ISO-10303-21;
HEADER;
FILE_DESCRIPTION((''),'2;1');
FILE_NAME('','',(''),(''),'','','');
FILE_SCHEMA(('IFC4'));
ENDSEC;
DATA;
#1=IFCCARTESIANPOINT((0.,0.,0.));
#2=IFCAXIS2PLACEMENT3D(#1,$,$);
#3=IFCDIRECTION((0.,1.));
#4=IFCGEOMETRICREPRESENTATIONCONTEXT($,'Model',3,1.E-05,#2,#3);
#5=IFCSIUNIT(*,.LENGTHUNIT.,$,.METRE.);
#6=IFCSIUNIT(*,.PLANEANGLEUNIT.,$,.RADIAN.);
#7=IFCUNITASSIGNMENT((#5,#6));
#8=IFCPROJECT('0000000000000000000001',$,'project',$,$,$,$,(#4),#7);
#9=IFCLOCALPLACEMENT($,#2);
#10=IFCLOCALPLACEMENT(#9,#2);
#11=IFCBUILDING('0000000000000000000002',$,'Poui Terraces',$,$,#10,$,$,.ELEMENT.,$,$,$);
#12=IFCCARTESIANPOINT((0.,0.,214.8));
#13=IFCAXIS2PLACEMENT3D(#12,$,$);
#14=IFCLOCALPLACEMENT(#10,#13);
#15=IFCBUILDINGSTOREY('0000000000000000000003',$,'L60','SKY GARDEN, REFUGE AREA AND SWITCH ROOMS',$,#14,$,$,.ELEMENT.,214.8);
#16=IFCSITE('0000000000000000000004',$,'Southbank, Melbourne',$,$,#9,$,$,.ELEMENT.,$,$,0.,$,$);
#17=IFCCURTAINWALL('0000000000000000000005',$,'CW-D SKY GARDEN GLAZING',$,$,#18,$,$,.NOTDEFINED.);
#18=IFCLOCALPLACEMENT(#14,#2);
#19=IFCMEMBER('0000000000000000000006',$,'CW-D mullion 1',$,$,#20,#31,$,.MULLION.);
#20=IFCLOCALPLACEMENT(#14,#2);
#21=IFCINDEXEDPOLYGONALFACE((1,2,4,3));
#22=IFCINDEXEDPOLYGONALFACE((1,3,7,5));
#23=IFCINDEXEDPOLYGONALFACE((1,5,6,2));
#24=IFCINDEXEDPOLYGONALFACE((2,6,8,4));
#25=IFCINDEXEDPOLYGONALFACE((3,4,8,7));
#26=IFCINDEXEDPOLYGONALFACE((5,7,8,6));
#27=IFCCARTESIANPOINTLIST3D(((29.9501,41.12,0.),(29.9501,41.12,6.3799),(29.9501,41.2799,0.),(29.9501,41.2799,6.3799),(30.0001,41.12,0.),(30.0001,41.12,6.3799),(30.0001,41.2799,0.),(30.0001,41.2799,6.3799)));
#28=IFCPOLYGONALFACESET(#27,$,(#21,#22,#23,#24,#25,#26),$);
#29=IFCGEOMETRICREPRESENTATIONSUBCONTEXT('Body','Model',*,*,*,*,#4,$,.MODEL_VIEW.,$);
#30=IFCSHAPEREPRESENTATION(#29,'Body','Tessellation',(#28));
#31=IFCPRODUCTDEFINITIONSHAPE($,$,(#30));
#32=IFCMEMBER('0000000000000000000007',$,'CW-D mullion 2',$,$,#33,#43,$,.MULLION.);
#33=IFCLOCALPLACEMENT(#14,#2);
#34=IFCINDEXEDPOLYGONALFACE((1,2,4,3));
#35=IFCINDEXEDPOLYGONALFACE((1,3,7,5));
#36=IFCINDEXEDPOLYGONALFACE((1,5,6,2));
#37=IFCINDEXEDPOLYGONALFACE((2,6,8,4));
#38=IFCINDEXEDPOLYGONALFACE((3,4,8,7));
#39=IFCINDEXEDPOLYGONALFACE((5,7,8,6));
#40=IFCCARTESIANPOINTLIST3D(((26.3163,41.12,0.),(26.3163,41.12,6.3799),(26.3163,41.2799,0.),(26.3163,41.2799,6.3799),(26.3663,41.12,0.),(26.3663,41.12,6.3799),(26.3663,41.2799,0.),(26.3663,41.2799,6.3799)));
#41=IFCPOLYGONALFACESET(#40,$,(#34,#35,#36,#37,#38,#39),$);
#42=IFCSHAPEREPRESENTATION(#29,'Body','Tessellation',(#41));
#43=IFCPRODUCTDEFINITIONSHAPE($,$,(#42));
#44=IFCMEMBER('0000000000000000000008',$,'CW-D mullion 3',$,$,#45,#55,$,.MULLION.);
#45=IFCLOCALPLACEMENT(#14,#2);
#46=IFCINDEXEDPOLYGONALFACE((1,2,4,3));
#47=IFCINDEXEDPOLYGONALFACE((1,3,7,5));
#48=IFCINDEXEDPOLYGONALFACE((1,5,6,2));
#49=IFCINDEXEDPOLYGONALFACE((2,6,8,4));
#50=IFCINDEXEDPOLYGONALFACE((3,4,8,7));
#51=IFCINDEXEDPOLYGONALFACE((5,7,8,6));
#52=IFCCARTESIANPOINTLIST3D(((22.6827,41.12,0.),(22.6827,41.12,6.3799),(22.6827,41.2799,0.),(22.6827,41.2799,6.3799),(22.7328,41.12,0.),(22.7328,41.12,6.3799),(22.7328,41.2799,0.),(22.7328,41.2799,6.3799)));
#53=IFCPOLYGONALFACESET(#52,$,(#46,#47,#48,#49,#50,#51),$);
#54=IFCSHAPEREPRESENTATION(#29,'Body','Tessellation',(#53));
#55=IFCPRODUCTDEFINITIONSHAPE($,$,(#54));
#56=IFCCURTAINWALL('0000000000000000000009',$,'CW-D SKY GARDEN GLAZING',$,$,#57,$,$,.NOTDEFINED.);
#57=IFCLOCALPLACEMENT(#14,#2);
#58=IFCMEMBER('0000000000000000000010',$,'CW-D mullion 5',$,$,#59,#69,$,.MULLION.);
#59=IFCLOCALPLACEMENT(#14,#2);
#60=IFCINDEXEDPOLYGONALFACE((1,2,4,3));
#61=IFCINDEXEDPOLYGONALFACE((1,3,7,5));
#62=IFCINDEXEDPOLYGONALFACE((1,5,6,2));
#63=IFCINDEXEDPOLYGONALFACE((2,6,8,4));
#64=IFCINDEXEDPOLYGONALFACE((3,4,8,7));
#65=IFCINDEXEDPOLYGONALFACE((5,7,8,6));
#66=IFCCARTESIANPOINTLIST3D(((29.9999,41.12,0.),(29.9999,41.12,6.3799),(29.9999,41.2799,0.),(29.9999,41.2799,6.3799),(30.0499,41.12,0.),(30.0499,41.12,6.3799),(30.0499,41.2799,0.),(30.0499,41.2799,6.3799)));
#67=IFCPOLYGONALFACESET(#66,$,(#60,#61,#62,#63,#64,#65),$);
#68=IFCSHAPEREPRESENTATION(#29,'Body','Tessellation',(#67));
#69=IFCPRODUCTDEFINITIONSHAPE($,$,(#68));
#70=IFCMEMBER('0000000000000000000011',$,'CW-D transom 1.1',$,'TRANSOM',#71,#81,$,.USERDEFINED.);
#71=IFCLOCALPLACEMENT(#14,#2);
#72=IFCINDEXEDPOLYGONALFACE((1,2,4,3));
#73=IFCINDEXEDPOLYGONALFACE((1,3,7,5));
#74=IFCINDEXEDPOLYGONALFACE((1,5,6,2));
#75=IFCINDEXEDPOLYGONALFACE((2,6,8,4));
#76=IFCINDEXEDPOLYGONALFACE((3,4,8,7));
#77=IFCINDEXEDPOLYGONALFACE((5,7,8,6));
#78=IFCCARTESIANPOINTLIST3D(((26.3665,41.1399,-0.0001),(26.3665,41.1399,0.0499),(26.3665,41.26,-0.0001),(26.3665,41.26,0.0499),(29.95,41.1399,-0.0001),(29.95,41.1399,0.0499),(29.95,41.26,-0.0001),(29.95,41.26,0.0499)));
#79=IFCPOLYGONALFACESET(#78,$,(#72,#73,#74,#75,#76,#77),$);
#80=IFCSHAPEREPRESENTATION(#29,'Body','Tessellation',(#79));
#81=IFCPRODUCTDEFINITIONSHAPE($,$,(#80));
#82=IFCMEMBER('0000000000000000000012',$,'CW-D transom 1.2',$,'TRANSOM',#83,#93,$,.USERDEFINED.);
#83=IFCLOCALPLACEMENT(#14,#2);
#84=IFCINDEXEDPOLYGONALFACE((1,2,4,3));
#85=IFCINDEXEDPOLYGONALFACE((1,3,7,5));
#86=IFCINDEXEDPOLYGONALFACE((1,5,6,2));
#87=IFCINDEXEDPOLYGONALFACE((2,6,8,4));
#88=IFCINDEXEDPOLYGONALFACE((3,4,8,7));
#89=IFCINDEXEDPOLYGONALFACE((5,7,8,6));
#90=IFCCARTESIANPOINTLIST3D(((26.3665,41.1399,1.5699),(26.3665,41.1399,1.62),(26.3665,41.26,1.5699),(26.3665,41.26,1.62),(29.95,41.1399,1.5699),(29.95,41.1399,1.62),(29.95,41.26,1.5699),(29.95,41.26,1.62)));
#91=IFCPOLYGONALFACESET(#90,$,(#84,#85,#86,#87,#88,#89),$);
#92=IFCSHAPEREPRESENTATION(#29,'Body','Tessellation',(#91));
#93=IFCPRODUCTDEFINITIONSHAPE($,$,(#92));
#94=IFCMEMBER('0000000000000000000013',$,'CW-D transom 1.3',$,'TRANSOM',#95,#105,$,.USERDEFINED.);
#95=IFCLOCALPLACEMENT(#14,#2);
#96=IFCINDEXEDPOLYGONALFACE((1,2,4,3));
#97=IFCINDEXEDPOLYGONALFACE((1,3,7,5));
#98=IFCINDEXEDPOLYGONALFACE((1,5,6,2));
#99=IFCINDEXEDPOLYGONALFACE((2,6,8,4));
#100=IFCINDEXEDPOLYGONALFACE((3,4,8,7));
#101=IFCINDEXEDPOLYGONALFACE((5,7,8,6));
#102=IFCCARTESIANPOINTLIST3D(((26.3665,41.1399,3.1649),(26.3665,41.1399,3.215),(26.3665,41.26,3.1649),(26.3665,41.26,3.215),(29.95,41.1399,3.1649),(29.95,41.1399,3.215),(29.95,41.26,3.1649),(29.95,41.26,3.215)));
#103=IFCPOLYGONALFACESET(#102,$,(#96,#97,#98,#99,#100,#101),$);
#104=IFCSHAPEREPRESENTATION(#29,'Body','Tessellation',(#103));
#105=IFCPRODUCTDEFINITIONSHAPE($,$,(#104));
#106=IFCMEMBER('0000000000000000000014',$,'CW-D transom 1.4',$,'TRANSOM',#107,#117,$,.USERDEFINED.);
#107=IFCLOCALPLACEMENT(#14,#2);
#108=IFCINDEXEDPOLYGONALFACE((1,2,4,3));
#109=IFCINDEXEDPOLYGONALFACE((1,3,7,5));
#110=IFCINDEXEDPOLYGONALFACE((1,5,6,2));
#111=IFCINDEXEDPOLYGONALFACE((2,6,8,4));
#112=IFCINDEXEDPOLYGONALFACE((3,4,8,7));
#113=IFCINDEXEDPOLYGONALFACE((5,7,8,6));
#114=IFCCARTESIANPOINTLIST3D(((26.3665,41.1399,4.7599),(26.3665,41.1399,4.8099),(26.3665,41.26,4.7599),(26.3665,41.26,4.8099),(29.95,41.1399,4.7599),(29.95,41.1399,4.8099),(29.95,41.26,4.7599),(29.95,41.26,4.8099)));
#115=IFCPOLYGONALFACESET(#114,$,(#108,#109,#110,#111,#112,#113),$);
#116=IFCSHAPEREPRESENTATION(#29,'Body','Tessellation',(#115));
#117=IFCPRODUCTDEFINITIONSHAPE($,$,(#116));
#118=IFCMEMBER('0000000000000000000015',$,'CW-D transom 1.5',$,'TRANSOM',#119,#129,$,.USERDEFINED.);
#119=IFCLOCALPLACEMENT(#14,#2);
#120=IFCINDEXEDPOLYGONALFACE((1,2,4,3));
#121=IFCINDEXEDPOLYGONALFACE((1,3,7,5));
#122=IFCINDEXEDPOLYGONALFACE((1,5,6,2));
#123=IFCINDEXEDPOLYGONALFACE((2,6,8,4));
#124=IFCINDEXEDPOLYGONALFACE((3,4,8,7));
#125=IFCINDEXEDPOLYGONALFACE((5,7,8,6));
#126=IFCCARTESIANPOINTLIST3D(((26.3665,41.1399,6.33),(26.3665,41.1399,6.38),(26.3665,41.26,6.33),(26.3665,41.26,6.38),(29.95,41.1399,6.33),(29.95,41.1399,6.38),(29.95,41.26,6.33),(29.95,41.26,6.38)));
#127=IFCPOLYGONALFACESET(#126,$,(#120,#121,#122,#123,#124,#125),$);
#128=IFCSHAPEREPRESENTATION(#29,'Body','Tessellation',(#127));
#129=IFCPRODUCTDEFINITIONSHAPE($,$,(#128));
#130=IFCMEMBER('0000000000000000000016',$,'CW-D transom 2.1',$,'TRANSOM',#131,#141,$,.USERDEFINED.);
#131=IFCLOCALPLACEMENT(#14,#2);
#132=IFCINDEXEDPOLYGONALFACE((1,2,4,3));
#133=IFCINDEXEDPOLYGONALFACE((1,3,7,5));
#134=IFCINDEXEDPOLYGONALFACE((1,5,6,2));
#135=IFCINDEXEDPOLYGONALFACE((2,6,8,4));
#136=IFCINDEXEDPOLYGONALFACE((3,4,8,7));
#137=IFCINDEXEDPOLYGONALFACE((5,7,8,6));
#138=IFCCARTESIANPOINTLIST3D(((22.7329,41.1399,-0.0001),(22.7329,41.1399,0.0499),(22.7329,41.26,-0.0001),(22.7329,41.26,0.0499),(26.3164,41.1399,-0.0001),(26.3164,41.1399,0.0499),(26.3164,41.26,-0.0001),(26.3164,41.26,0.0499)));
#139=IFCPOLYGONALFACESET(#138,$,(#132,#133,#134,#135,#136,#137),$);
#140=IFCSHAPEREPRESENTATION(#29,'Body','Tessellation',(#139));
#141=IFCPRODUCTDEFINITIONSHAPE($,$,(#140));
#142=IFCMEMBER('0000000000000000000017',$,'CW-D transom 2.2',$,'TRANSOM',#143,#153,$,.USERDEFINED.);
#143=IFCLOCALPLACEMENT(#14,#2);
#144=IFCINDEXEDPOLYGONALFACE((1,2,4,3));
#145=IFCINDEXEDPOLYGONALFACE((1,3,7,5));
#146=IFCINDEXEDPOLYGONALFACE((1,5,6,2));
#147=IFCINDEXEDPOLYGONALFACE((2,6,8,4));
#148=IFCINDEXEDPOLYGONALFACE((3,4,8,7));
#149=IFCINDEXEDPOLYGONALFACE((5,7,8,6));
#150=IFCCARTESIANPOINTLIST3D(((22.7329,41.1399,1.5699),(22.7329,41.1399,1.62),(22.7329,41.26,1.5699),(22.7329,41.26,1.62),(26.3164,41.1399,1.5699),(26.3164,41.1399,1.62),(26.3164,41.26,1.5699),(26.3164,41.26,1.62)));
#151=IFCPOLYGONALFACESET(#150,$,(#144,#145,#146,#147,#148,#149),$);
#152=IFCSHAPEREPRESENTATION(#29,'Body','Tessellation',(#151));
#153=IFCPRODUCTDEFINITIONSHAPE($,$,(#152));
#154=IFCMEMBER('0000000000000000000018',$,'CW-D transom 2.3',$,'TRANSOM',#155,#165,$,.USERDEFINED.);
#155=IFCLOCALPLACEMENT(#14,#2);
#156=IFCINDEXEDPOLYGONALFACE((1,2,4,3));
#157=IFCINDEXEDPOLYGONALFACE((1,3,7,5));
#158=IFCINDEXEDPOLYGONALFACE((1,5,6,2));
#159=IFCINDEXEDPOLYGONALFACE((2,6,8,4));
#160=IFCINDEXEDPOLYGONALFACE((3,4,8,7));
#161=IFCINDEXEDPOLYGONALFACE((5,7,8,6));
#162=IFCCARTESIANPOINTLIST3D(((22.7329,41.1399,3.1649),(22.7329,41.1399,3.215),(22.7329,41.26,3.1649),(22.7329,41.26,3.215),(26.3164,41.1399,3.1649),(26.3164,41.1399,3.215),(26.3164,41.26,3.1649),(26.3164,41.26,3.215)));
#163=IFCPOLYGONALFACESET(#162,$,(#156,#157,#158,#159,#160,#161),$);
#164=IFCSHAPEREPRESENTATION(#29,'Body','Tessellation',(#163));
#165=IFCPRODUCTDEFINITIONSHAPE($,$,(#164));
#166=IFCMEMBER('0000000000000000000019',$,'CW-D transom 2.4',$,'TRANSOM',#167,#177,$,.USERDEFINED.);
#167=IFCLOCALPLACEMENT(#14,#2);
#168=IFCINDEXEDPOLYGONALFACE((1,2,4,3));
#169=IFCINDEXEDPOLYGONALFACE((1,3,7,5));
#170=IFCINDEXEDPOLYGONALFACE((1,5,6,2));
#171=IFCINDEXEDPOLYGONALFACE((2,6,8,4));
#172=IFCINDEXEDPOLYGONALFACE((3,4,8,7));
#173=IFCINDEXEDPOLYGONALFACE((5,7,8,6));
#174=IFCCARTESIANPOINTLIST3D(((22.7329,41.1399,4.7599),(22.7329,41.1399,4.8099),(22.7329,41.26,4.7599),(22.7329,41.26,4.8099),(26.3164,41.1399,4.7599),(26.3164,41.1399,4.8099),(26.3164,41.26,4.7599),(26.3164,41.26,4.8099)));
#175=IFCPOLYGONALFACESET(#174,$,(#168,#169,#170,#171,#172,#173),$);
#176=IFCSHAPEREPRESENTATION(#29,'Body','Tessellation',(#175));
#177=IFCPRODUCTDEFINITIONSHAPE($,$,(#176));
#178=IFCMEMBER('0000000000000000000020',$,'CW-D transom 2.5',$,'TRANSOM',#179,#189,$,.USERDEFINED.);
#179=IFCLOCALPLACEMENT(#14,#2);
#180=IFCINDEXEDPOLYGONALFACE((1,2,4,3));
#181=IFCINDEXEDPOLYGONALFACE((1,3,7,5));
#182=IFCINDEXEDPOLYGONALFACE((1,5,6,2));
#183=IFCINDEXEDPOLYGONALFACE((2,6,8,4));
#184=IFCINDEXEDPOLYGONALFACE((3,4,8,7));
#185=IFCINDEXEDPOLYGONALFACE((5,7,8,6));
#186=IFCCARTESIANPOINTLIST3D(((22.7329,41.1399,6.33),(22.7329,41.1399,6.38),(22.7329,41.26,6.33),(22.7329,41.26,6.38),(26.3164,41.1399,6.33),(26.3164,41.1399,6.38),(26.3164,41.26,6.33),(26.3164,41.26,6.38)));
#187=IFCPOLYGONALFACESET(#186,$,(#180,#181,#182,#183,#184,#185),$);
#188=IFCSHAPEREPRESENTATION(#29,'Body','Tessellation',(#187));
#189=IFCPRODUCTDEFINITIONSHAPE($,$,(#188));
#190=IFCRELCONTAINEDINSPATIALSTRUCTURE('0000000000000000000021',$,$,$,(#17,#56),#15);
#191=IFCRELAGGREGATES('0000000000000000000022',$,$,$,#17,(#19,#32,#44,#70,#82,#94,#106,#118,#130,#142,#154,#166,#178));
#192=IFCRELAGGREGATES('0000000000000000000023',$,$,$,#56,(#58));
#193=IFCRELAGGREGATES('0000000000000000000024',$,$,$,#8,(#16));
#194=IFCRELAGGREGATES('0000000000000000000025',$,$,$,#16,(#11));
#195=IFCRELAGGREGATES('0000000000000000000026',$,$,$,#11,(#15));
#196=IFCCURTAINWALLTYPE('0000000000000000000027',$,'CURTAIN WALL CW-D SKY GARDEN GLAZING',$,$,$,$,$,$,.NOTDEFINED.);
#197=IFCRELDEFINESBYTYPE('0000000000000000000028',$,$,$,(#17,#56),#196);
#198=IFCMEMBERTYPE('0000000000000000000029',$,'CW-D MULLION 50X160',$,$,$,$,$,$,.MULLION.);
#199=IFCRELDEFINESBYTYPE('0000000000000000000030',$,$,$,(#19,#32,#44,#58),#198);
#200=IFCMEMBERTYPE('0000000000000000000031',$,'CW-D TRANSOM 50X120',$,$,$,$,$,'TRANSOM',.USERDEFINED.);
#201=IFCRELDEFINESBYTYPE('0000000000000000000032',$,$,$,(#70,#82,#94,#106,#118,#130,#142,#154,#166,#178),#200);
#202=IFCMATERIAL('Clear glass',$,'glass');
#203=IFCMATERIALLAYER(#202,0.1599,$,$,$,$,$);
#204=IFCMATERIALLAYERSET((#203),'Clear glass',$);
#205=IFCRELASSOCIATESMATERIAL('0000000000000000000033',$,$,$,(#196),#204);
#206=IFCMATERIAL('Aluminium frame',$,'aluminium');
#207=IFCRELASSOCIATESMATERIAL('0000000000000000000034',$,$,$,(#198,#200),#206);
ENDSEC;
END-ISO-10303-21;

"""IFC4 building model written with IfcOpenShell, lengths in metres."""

from ifc_helpers import new_model, si_unit, direction, frame, origin, origin_2d, place, context, subcontext, project, spatial, rectangle, extrude, material, layer, layer_set, material_profile, profile_set, type_object, element, aggregate, save


model = new_model("IFC4")

# Units and contexts
model_context = context("Model", 3, precision=1e-05, world=origin(), true_north=direction((0.0, 1.0)))
body_context = subcontext(model_context, "Body", "Model", "MODEL_VIEW")
ifc_project = project(units=[si_unit("LENGTHUNIT", "METRE"), si_unit("PLANEANGLEUNIT", "RADIAN")], contexts=[model_context])

# Site, building, storey
site_placement = place(None, origin())
site = spatial("IfcSite", under=ifc_project, at=site_placement, Name="Southbank, Melbourne", CompositionType="ELEMENT", RefElevation=0.0)
building_placement = place(site_placement, origin())
building = spatial("IfcBuilding", under=site, at=building_placement, Name="Poui Terraces", CompositionType="ELEMENT")
storey_placement = place(building_placement, frame((0.0, 0.0, 214.8)))
storey = spatial("IfcBuildingStorey", under=building, at=storey_placement, Name="L60", Description="SKY GARDEN, REFUGE AREA AND SWITCH ROOMS", CompositionType="ELEMENT", Elevation=214.8)

# Curtain wall, members
ifc_material_1 = material(Name="Clear glass", Category="glass")
ifc_layer_1 = layer(ifc_material_1, 0.1599)
ifc_layer_set_1 = layer_set([ifc_layer_1], Name="Clear glass")
curtain_wall_type = type_object("IfcCurtainWallType", Name="CURTAIN WALL CW-D SKY GARDEN GLAZING", PredefinedType="NOTDEFINED", material=ifc_layer_set_1)
curtain_wall_1_placement = place(storey_placement, origin())
curtain_wall_1 = element("IfcCurtainWall", 1, at=curtain_wall_1_placement, inside=storey, type_object=curtain_wall_type, Name="CW-D SKY GARDEN GLAZING", PredefinedType="NOTDEFINED")
ifc_material_2 = material(Name="Aluminium frame", Category="aluminium")
ifc_material_profile_1 = material_profile(ifc_material_2, rectangle(XDim=0.1599, YDim=0.05, at=origin_2d()), Name="CW-D MULLION 50X160")
ifc_profile_set_1 = profile_set([ifc_material_profile_1], Name="Aluminium frame")
member_type_1 = type_object("IfcMemberType", Name="CW-D MULLION 50X160", PredefinedType="MULLION", material=ifc_profile_set_1)
member_1_placement = place(storey_placement, frame((29.9751, 41.2, 0.0), z_axis=(0.0, 0.0, 1.0), x_axis=(0.0, -1.0, 0.0)))
member_1 = element("IfcMember", 2, at=member_1_placement, type_object=member_type_1, Name="CW-D mullion 1", PredefinedType="MULLION", context=body_context, shape_type="SweptSolid", body=[
    extrude(rectangle(XDim=0.1599, YDim=0.05, at=origin_2d()), origin(), (0.0, 0.0, 1.0), 6.3799),
])
member_2_placement = place(storey_placement, frame((26.3413, 41.2, 0.0), z_axis=(0.0, 0.0, 1.0), x_axis=(0.0, -1.0, 0.0)))
member_2 = element("IfcMember", 3, at=member_2_placement, type_object=member_type_1, Name="CW-D mullion 2", PredefinedType="MULLION", context=body_context, shape_type="SweptSolid", body=[
    extrude(rectangle(XDim=0.1599, YDim=0.05, at=origin_2d()), origin(), (0.0, 0.0, 1.0), 6.3799),
])
member_3_placement = place(storey_placement, frame((22.7078, 41.2, 0.0), z_axis=(0.0, 0.0, 1.0), x_axis=(0.0, -1.0, 0.0)))
member_3 = element("IfcMember", 4, at=member_3_placement, type_object=member_type_1, Name="CW-D mullion 3", PredefinedType="MULLION", context=body_context, shape_type="SweptSolid", body=[
    extrude(rectangle(XDim=0.1599, YDim=0.05, at=origin_2d()), origin(), (0.0, 0.0, 1.0), 6.3799),
])

# Curtain wall, member
curtain_wall_2_placement = place(storey_placement, origin())
curtain_wall_2 = element("IfcCurtainWall", 5, at=curtain_wall_2_placement, inside=storey, type_object=curtain_wall_type, Name="CW-D SKY GARDEN GLAZING", PredefinedType="NOTDEFINED")
member_4_placement = place(storey_placement, frame((30.0249, 41.2, 0.0), z_axis=(0.0, 0.0, 1.0), x_axis=(0.0, -1.0, 0.0)))
member_4 = element("IfcMember", 6, at=member_4_placement, type_object=member_type_1, Name="CW-D mullion 5", PredefinedType="MULLION", context=body_context, shape_type="SweptSolid", body=[
    extrude(rectangle(XDim=0.1599, YDim=0.05, at=origin_2d()), origin(), (0.0, 0.0, 1.0), 6.3799),
])

# Members
ifc_material_profile_2 = material_profile(ifc_material_2, rectangle(XDim=0.1201, YDim=0.05, at=origin_2d()), Name="CW-D TRANSOM 50X120")
ifc_profile_set_2 = profile_set([ifc_material_profile_2], Name="Aluminium frame")
member_type_2 = type_object("IfcMemberType", Name="CW-D TRANSOM 50X120", ElementType="TRANSOM", PredefinedType="USERDEFINED", material=ifc_profile_set_2)
member_5_placement = place(storey_placement, frame((29.95, 41.2, 0.0249), z_axis=(-1.0, 0.0, 0.0), x_axis=(0.0, -1.0, 0.0)))
member_5 = element("IfcMember", 7, at=member_5_placement, type_object=member_type_2, Name="CW-D transom 1.1", ObjectType="TRANSOM", PredefinedType="USERDEFINED", context=body_context, shape_type="SweptSolid", body=[
    extrude(rectangle(XDim=0.1201, YDim=0.05, at=origin_2d()), origin(), (0.0, 0.0, 1.0), 3.5835),
])
member_6_placement = place(storey_placement, frame((29.95, 41.2, 1.595), z_axis=(-1.0, 0.0, 0.0), x_axis=(0.0, -1.0, 0.0)))
member_6 = element("IfcMember", 8, at=member_6_placement, type_object=member_type_2, Name="CW-D transom 1.2", ObjectType="TRANSOM", PredefinedType="USERDEFINED", context=body_context, shape_type="SweptSolid", body=[
    extrude(rectangle(XDim=0.1201, YDim=0.05, at=origin_2d()), origin(), (0.0, 0.0, 1.0), 3.5835),
])
member_7_placement = place(storey_placement, frame((29.95, 41.2, 3.1899), z_axis=(-1.0, 0.0, 0.0), x_axis=(0.0, -1.0, 0.0)))
member_7 = element("IfcMember", 9, at=member_7_placement, type_object=member_type_2, Name="CW-D transom 1.3", ObjectType="TRANSOM", PredefinedType="USERDEFINED", context=body_context, shape_type="SweptSolid", body=[
    extrude(rectangle(XDim=0.1201, YDim=0.05, at=origin_2d()), origin(), (0.0, 0.0, 1.0), 3.5835),
])
member_8_placement = place(storey_placement, frame((29.95, 41.2, 4.7849), z_axis=(-1.0, 0.0, 0.0), x_axis=(0.0, -1.0, 0.0)))
member_8 = element("IfcMember", 10, at=member_8_placement, type_object=member_type_2, Name="CW-D transom 1.4", ObjectType="TRANSOM", PredefinedType="USERDEFINED", context=body_context, shape_type="SweptSolid", body=[
    extrude(rectangle(XDim=0.1201, YDim=0.05, at=origin_2d()), origin(), (0.0, 0.0, 1.0), 3.5835),
])
member_9_placement = place(storey_placement, frame((29.95, 41.2, 6.355), z_axis=(-1.0, 0.0, 0.0), x_axis=(0.0, -1.0, 0.0)))
member_9 = element("IfcMember", 11, at=member_9_placement, type_object=member_type_2, Name="CW-D transom 1.5", ObjectType="TRANSOM", PredefinedType="USERDEFINED", context=body_context, shape_type="SweptSolid", body=[
    extrude(rectangle(XDim=0.1201, YDim=0.05, at=origin_2d()), origin(), (0.0, 0.0, 1.0), 3.5835),
])
member_10_placement = place(storey_placement, frame((26.3164, 41.2, 0.0249), z_axis=(-1.0, 0.0, 0.0), x_axis=(0.0, -1.0, 0.0)))
member_10 = element("IfcMember", 12, at=member_10_placement, type_object=member_type_2, Name="CW-D transom 2.1", ObjectType="TRANSOM", PredefinedType="USERDEFINED", context=body_context, shape_type="SweptSolid", body=[
    extrude(rectangle(XDim=0.1201, YDim=0.05, at=origin_2d()), origin(), (0.0, 0.0, 1.0), 3.5835),
])
member_11_placement = place(storey_placement, frame((26.3164, 41.2, 1.595), z_axis=(-1.0, 0.0, 0.0), x_axis=(0.0, -1.0, 0.0)))
member_11 = element("IfcMember", 13, at=member_11_placement, type_object=member_type_2, Name="CW-D transom 2.2", ObjectType="TRANSOM", PredefinedType="USERDEFINED", context=body_context, shape_type="SweptSolid", body=[
    extrude(rectangle(XDim=0.1201, YDim=0.05, at=origin_2d()), origin(), (0.0, 0.0, 1.0), 3.5835),
])
member_12_placement = place(storey_placement, frame((26.3164, 41.2, 3.1899), z_axis=(-1.0, 0.0, 0.0), x_axis=(0.0, -1.0, 0.0)))
member_12 = element("IfcMember", 14, at=member_12_placement, type_object=member_type_2, Name="CW-D transom 2.3", ObjectType="TRANSOM", PredefinedType="USERDEFINED", context=body_context, shape_type="SweptSolid", body=[
    extrude(rectangle(XDim=0.1201, YDim=0.05, at=origin_2d()), origin(), (0.0, 0.0, 1.0), 3.5835),
])
member_13_placement = place(storey_placement, frame((26.3164, 41.2, 4.7849), z_axis=(-1.0, 0.0, 0.0), x_axis=(0.0, -1.0, 0.0)))
member_13 = element("IfcMember", 15, at=member_13_placement, type_object=member_type_2, Name="CW-D transom 2.4", ObjectType="TRANSOM", PredefinedType="USERDEFINED", context=body_context, shape_type="SweptSolid", body=[
    extrude(rectangle(XDim=0.1201, YDim=0.05, at=origin_2d()), origin(), (0.0, 0.0, 1.0), 3.5835),
])
member_14_placement = place(storey_placement, frame((26.3164, 41.2, 6.355), z_axis=(-1.0, 0.0, 0.0), x_axis=(0.0, -1.0, 0.0)))
member_14 = element("IfcMember", 16, at=member_14_placement, type_object=member_type_2, Name="CW-D transom 2.5", ObjectType="TRANSOM", PredefinedType="USERDEFINED", context=body_context, shape_type="SweptSolid", body=[
    extrude(rectangle(XDim=0.1201, YDim=0.05, at=origin_2d()), origin(), (0.0, 0.0, 1.0), 3.5835),
])

aggregate(curtain_wall_1, [member_1, member_2, member_3, member_5, member_6, member_7, member_8, member_9, member_10, member_11, member_12, member_13, member_14])
aggregate(curtain_wall_2, [member_4])

save(model, "model.ifc")
